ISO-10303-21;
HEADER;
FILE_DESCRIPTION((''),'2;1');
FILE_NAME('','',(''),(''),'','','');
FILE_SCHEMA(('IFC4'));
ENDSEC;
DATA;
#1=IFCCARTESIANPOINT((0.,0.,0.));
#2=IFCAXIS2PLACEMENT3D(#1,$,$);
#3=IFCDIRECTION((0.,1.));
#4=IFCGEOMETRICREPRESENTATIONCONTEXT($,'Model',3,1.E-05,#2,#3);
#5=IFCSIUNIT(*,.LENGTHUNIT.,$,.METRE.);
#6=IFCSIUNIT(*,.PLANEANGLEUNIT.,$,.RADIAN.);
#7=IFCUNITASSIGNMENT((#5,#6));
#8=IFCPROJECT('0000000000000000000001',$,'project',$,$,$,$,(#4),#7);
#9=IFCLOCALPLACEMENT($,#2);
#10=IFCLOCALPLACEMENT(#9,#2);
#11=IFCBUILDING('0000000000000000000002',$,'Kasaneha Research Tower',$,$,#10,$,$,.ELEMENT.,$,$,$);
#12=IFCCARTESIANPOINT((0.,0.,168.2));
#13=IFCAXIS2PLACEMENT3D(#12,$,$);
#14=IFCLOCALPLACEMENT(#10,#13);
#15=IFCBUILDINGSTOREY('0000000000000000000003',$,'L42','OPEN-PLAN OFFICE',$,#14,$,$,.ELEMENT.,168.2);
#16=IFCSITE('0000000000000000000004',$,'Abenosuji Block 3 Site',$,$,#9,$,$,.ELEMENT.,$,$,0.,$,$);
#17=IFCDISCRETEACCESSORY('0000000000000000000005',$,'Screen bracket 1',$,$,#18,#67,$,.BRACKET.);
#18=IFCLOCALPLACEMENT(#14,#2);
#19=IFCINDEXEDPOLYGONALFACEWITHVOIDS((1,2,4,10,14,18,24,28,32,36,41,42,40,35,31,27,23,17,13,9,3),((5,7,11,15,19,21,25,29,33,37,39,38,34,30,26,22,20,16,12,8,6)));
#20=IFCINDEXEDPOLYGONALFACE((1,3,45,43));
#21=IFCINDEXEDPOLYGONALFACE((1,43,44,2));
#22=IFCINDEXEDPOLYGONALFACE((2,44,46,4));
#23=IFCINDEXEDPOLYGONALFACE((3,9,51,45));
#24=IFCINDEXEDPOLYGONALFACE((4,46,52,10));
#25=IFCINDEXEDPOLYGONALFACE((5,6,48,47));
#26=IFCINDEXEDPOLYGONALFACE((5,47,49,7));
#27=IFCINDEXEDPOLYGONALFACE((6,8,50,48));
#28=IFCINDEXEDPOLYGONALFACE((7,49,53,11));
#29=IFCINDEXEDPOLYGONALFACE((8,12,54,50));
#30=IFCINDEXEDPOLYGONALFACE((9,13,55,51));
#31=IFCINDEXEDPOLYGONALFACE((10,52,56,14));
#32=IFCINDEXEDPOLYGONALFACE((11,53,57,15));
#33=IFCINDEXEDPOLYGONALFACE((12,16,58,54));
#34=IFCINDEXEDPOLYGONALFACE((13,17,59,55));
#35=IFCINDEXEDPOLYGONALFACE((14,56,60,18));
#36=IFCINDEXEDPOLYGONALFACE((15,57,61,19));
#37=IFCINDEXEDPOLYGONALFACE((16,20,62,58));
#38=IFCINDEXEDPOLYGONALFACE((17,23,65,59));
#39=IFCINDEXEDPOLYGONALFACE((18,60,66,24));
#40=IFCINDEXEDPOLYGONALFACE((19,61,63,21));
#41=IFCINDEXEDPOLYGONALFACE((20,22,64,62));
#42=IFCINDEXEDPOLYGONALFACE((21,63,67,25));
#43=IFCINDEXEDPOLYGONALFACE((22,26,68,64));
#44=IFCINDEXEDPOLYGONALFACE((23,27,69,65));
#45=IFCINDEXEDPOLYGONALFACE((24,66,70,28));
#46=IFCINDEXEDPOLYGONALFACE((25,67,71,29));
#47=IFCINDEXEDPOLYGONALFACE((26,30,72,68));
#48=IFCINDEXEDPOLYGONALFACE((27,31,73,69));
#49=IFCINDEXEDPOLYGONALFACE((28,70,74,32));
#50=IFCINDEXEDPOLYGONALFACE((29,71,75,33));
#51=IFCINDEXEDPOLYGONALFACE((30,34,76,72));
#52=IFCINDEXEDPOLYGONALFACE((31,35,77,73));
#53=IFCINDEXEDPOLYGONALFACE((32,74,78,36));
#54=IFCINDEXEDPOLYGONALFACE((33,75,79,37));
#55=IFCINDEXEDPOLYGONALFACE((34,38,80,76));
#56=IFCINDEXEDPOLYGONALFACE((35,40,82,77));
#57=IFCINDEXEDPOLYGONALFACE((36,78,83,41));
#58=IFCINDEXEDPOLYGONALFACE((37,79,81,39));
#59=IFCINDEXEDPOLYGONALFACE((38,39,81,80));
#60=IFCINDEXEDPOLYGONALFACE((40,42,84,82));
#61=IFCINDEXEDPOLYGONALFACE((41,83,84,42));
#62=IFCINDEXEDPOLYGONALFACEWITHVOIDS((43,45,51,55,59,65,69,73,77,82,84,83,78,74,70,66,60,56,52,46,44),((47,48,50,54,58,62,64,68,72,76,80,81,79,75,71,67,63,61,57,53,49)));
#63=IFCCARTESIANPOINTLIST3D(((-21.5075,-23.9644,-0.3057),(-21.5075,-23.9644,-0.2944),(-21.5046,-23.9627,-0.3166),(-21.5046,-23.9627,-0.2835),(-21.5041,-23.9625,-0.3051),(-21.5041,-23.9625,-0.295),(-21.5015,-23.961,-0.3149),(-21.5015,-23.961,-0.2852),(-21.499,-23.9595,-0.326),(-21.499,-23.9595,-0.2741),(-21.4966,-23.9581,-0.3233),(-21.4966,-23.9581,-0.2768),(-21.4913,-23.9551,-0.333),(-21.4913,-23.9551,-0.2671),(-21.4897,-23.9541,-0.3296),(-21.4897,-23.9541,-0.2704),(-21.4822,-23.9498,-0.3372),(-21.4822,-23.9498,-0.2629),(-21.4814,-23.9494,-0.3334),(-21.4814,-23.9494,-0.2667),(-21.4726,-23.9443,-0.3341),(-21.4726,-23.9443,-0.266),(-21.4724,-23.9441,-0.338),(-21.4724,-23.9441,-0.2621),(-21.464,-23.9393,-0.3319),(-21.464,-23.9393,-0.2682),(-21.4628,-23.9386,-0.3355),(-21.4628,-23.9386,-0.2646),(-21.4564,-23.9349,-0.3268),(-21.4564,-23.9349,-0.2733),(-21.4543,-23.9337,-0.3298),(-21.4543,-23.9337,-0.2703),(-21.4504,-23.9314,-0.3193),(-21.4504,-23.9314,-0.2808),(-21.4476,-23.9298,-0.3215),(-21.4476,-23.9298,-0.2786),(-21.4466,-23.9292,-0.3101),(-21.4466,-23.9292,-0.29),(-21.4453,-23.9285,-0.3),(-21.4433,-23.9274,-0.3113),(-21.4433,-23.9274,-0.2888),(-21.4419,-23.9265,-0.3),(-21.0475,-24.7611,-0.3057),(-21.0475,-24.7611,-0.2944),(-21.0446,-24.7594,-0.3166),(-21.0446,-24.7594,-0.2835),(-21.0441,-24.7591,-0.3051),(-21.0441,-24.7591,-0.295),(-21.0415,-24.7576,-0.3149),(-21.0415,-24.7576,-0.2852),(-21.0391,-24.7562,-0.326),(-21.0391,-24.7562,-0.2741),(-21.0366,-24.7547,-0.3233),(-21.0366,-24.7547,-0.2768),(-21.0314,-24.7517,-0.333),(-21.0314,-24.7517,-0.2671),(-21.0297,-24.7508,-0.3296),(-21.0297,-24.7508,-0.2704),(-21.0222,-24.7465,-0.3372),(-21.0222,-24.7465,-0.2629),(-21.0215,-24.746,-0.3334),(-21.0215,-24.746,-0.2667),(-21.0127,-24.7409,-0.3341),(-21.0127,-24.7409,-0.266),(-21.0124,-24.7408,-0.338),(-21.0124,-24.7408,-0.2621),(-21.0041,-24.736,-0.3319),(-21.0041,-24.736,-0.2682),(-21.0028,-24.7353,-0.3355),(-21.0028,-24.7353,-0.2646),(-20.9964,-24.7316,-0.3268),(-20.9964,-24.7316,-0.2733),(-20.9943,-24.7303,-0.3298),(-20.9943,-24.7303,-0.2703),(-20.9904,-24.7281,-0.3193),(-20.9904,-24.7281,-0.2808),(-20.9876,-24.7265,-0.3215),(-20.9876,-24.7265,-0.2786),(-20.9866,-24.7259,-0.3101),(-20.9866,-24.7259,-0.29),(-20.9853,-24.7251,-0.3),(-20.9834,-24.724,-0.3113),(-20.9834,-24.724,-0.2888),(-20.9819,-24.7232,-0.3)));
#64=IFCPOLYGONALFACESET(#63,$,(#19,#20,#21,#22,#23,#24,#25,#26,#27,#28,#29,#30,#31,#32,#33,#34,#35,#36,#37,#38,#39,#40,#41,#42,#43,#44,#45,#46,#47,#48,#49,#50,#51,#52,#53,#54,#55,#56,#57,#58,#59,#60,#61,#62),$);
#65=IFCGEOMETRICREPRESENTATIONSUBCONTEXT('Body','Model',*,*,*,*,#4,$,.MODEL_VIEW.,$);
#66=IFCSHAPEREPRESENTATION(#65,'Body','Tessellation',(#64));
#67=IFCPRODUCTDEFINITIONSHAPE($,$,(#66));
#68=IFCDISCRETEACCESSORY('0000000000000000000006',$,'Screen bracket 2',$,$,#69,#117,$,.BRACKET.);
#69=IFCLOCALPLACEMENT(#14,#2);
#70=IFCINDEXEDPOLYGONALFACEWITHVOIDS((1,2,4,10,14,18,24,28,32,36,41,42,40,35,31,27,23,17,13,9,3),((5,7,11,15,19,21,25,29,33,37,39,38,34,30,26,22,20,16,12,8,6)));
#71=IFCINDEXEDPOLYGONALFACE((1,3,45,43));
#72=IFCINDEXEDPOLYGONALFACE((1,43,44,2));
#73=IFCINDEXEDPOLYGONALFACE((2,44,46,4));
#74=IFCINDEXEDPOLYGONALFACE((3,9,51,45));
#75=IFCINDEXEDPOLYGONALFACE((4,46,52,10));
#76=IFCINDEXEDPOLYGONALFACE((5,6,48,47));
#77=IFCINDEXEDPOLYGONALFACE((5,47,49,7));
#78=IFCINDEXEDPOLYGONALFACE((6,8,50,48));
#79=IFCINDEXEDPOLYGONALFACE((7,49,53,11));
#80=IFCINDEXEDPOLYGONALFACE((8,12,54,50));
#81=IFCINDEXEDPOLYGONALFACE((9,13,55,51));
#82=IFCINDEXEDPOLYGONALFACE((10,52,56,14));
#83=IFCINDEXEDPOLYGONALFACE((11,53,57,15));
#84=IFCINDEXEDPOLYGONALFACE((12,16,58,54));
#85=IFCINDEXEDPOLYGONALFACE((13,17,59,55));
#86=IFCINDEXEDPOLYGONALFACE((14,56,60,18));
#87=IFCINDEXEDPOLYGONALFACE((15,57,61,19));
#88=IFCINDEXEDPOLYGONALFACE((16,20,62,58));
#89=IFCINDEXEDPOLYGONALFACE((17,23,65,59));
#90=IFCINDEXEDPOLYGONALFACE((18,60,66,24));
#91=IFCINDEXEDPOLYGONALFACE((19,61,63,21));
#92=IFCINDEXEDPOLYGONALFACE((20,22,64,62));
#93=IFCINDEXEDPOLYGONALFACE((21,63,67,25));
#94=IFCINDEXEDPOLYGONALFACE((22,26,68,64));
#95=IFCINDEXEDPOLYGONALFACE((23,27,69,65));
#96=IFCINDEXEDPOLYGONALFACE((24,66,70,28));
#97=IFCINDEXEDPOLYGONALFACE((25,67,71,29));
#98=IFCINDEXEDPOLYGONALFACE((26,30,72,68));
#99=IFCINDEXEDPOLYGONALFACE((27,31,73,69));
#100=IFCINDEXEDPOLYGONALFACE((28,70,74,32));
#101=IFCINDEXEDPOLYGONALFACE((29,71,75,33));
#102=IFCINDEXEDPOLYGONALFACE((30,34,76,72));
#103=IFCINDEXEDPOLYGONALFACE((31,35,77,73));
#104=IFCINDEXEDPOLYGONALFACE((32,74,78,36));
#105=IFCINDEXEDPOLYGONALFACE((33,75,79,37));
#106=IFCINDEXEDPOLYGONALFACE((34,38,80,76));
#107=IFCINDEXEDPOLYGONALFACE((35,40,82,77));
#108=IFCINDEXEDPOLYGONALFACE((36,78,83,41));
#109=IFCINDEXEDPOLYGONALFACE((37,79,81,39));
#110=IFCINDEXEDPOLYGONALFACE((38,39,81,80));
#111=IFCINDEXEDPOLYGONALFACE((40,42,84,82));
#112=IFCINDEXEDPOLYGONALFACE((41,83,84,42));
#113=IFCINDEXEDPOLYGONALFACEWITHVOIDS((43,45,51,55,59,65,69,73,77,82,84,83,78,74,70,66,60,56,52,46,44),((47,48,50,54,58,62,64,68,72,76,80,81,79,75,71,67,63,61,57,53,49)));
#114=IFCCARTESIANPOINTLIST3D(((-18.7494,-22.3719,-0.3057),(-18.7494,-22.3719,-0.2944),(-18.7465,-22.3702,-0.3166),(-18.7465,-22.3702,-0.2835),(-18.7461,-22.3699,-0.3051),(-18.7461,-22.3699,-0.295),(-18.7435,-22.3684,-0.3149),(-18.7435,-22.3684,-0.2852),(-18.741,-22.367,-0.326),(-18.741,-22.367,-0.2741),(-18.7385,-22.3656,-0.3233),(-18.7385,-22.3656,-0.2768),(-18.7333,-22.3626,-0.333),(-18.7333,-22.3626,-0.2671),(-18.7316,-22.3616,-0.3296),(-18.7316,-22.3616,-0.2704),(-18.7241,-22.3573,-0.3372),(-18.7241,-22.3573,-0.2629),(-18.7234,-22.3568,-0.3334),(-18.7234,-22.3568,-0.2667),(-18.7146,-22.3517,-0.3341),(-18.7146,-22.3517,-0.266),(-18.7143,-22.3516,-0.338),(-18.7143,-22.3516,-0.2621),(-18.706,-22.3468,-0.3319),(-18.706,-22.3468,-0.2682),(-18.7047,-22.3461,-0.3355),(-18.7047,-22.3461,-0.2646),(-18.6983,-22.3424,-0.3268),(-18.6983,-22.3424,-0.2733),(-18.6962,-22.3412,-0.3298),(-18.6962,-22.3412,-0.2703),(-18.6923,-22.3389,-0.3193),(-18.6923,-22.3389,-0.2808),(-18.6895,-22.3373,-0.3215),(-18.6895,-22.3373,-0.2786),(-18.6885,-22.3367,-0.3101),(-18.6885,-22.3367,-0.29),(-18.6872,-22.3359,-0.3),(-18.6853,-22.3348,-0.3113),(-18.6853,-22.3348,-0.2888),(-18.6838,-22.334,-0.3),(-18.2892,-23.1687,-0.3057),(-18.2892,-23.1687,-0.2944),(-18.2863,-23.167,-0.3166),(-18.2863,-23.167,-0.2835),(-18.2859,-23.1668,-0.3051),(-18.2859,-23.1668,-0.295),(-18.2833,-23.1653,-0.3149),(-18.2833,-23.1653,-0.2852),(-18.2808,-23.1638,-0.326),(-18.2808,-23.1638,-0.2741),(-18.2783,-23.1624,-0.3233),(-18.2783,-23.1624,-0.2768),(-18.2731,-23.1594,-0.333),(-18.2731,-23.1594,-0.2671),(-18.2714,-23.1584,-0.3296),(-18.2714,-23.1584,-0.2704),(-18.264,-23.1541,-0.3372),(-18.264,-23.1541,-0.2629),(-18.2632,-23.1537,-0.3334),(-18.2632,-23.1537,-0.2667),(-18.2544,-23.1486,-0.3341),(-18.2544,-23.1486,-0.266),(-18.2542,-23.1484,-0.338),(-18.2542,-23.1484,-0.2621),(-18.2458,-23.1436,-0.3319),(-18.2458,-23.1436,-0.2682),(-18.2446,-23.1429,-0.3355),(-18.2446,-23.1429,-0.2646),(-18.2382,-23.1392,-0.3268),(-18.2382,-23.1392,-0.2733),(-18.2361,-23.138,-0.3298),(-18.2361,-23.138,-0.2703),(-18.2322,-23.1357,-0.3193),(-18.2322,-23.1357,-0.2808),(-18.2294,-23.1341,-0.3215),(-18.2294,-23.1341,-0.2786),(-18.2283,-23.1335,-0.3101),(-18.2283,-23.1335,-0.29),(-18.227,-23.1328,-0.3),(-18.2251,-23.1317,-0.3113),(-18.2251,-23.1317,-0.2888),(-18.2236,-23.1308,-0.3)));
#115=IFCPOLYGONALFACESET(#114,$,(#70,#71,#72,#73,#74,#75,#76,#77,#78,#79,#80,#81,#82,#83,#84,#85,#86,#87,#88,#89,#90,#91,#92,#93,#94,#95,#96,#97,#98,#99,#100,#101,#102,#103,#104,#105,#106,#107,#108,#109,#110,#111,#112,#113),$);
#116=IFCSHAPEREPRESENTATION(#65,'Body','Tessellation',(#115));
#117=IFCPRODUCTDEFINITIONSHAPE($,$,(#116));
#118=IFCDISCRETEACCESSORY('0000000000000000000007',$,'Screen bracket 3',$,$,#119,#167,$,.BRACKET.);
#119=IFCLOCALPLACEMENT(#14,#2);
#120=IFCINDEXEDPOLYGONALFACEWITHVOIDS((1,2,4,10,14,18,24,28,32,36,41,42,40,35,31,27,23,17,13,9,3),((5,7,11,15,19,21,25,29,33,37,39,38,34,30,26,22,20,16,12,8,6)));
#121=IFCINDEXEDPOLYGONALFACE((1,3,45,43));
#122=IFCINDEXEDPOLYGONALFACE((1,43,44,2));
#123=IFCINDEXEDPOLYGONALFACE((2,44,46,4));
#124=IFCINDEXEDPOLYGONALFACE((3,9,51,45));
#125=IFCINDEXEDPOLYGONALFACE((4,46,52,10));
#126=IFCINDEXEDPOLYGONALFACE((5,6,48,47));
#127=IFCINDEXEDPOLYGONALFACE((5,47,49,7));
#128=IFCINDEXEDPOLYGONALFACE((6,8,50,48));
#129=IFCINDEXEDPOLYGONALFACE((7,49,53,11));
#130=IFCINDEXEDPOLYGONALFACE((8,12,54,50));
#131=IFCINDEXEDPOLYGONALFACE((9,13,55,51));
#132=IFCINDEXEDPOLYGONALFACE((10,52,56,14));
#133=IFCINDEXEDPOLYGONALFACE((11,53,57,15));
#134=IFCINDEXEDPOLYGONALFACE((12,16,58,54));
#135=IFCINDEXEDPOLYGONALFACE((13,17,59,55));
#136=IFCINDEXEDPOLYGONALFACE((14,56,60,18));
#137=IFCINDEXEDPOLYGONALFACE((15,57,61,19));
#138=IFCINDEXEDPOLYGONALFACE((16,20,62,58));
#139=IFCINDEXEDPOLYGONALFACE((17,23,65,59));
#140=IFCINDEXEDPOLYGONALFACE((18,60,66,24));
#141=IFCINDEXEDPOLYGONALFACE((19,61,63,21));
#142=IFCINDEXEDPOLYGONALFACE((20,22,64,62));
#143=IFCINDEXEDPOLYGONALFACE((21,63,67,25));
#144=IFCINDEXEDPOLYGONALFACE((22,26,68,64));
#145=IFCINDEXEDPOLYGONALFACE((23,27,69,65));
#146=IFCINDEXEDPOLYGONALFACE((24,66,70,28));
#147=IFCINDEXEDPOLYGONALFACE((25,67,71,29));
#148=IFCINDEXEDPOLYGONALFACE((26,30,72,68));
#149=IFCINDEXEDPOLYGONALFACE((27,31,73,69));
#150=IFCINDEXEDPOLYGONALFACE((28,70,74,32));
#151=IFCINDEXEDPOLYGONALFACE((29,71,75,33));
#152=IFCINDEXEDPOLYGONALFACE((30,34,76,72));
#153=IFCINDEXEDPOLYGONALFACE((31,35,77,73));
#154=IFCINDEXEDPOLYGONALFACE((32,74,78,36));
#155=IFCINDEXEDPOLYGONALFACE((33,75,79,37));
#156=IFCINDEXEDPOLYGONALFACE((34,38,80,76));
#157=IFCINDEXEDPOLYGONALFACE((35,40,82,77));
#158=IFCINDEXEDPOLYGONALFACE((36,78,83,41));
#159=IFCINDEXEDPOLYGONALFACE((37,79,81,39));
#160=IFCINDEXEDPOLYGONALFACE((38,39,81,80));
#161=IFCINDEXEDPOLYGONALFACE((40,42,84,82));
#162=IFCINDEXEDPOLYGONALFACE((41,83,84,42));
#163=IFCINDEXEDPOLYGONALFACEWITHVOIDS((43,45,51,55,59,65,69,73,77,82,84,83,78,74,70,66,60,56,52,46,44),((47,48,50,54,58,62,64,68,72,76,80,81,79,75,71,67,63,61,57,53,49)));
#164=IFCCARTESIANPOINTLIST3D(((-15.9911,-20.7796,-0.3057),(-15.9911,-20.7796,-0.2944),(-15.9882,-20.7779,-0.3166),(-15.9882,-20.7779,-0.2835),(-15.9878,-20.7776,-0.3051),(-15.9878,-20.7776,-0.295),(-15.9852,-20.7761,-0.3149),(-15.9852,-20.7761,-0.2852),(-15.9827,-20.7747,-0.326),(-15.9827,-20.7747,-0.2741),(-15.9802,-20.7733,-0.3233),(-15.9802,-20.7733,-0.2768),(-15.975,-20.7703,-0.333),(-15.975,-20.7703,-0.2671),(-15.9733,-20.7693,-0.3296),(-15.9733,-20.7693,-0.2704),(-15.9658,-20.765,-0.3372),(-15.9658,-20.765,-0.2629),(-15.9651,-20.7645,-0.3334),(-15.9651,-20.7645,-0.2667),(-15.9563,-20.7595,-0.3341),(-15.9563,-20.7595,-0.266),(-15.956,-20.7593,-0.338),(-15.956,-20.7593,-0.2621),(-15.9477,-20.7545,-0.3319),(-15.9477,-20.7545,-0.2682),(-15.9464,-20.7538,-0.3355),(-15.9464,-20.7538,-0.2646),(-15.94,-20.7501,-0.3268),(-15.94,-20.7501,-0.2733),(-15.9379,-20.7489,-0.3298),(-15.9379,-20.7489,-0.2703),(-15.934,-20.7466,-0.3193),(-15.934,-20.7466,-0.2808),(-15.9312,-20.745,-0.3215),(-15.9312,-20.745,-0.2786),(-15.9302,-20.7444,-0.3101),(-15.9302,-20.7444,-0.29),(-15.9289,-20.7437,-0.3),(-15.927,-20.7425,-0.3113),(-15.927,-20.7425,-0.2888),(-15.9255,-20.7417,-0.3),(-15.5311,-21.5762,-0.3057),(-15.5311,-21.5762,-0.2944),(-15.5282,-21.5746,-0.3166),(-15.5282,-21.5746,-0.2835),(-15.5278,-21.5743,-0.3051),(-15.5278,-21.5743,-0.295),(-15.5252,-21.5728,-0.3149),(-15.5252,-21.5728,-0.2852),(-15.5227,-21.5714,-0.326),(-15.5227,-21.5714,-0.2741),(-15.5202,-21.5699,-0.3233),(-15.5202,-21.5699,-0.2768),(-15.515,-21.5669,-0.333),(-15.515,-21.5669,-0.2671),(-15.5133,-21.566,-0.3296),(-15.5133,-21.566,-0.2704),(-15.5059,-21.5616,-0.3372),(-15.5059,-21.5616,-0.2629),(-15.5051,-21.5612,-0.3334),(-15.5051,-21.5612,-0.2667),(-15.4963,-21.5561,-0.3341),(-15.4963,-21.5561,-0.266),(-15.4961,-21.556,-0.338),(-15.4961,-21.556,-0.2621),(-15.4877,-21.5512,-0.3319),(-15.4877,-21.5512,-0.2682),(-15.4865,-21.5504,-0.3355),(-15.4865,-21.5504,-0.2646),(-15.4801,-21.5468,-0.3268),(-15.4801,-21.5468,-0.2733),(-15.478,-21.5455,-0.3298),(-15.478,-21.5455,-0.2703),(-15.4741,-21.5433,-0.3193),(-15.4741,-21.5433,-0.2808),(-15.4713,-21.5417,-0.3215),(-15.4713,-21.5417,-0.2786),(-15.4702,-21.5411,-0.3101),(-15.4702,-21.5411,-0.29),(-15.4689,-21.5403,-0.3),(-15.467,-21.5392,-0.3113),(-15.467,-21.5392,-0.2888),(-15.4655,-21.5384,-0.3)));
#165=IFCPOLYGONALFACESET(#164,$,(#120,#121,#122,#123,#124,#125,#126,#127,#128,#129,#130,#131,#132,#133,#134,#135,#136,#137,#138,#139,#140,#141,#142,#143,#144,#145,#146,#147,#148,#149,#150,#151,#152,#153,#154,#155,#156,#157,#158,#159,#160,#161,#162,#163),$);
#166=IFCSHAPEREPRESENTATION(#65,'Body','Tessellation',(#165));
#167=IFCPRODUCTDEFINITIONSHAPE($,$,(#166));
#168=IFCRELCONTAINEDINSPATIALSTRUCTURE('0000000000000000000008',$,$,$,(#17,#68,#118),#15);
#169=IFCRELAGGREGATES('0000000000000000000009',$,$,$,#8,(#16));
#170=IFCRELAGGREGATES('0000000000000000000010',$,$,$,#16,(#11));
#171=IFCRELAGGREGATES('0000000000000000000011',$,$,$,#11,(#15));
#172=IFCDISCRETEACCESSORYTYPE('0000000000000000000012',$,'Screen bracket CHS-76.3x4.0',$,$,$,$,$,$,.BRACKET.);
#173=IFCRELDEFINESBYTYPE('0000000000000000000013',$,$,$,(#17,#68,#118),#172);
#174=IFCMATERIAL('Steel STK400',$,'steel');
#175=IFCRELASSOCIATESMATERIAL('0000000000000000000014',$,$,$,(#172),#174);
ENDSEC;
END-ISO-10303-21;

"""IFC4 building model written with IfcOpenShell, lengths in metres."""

from ifc_helpers import new_model, si_unit, direction, frame, origin, origin_2d, place, context, subcontext, project, spatial, hollow_circle, extrude, material, material_profile, profile_set, type_object, element, save


model = new_model("IFC4")

# Units and contexts
model_context = context("Model", 3, precision=1e-05, world=origin(), true_north=direction((0.0, 1.0)))
body_context = subcontext(model_context, "Body", "Model", "MODEL_VIEW")
ifc_project = project(units=[si_unit("LENGTHUNIT", "METRE"), si_unit("PLANEANGLEUNIT", "RADIAN")], contexts=[model_context])

# Site, building, storey
site_placement = place(None, origin())
site = spatial("IfcSite", under=ifc_project, at=site_placement, Name="Abenosuji Block 3 Site", CompositionType="ELEMENT", RefElevation=0.0)
building_placement = place(site_placement, origin())
building = spatial("IfcBuilding", under=site, at=building_placement, Name="Kasaneha Research Tower", CompositionType="ELEMENT")
storey_placement = place(building_placement, frame((0.0, 0.0, 168.2)))
storey = spatial("IfcBuildingStorey", under=building, at=storey_placement, Name="L42", Description="OPEN-PLAN OFFICE", CompositionType="ELEMENT", Elevation=168.2)

# Discrete accessories
ifc_material_1 = material(Name="Steel STK400", Category="steel")
ifc_material_profile_1 = material_profile(ifc_material_1, hollow_circle(Radius=0.0381, WallThickness=0.0039, at=origin_2d()), Name="CHS-76.3x4.0")
ifc_profile_set_1 = profile_set([ifc_material_profile_1], Name="Steel STK400")
discrete_accessory_type = type_object("IfcDiscreteAccessoryType", Name="Screen bracket CHS-76.3x4.0", PredefinedType="BRACKET", material=ifc_profile_set_1)
discrete_accessory_1_placement = place(storey_placement, frame((-21.4749, -23.9456, -0.3), z_axis=(0.500021, -0.866013, 0.0), x_axis=(0.866013, 0.500021, 0.0)))
element("IfcDiscreteAccessory", 1, at=discrete_accessory_1_placement, inside=storey, type_object=discrete_accessory_type, Name="Screen bracket 1", PredefinedType="BRACKET", context=body_context, shape_type="SweptSolid", body=[
    extrude(hollow_circle(Radius=0.0381, WallThickness=0.0039, at=origin_2d()), origin(), (0.0, 0.0, 1.0), 0.9199),
])
discrete_accessory_2_placement = place(storey_placement, frame((-18.7168, -22.353, -0.3), z_axis=(0.500105, -0.865965, 0.0), x_axis=(0.865965, 0.500105, 0.0)))
element("IfcDiscreteAccessory", 2, at=discrete_accessory_2_placement, inside=storey, type_object=discrete_accessory_type, Name="Screen bracket 2", PredefinedType="BRACKET", context=body_context, shape_type="SweptSolid", body=[
    extrude(hollow_circle(Radius=0.0381, WallThickness=0.0039, at=origin_2d()), origin(), (0.0, 0.0, 1.0), 0.9202),
])
discrete_accessory_3_placement = place(storey_placement, frame((-15.9585, -20.7607, -0.3), z_axis=(0.500021, -0.866013, 0.0), x_axis=(0.866013, 0.500021, 0.0)))
element("IfcDiscreteAccessory", 3, at=discrete_accessory_3_placement, inside=storey, type_object=discrete_accessory_type, Name="Screen bracket 3", PredefinedType="BRACKET", context=body_context, shape_type="SweptSolid", body=[
    extrude(hollow_circle(Radius=0.0381, WallThickness=0.0039, at=origin_2d()), origin(), (0.0, 0.0, 1.0), 0.9199),
])

save(model, "model.ifc")
